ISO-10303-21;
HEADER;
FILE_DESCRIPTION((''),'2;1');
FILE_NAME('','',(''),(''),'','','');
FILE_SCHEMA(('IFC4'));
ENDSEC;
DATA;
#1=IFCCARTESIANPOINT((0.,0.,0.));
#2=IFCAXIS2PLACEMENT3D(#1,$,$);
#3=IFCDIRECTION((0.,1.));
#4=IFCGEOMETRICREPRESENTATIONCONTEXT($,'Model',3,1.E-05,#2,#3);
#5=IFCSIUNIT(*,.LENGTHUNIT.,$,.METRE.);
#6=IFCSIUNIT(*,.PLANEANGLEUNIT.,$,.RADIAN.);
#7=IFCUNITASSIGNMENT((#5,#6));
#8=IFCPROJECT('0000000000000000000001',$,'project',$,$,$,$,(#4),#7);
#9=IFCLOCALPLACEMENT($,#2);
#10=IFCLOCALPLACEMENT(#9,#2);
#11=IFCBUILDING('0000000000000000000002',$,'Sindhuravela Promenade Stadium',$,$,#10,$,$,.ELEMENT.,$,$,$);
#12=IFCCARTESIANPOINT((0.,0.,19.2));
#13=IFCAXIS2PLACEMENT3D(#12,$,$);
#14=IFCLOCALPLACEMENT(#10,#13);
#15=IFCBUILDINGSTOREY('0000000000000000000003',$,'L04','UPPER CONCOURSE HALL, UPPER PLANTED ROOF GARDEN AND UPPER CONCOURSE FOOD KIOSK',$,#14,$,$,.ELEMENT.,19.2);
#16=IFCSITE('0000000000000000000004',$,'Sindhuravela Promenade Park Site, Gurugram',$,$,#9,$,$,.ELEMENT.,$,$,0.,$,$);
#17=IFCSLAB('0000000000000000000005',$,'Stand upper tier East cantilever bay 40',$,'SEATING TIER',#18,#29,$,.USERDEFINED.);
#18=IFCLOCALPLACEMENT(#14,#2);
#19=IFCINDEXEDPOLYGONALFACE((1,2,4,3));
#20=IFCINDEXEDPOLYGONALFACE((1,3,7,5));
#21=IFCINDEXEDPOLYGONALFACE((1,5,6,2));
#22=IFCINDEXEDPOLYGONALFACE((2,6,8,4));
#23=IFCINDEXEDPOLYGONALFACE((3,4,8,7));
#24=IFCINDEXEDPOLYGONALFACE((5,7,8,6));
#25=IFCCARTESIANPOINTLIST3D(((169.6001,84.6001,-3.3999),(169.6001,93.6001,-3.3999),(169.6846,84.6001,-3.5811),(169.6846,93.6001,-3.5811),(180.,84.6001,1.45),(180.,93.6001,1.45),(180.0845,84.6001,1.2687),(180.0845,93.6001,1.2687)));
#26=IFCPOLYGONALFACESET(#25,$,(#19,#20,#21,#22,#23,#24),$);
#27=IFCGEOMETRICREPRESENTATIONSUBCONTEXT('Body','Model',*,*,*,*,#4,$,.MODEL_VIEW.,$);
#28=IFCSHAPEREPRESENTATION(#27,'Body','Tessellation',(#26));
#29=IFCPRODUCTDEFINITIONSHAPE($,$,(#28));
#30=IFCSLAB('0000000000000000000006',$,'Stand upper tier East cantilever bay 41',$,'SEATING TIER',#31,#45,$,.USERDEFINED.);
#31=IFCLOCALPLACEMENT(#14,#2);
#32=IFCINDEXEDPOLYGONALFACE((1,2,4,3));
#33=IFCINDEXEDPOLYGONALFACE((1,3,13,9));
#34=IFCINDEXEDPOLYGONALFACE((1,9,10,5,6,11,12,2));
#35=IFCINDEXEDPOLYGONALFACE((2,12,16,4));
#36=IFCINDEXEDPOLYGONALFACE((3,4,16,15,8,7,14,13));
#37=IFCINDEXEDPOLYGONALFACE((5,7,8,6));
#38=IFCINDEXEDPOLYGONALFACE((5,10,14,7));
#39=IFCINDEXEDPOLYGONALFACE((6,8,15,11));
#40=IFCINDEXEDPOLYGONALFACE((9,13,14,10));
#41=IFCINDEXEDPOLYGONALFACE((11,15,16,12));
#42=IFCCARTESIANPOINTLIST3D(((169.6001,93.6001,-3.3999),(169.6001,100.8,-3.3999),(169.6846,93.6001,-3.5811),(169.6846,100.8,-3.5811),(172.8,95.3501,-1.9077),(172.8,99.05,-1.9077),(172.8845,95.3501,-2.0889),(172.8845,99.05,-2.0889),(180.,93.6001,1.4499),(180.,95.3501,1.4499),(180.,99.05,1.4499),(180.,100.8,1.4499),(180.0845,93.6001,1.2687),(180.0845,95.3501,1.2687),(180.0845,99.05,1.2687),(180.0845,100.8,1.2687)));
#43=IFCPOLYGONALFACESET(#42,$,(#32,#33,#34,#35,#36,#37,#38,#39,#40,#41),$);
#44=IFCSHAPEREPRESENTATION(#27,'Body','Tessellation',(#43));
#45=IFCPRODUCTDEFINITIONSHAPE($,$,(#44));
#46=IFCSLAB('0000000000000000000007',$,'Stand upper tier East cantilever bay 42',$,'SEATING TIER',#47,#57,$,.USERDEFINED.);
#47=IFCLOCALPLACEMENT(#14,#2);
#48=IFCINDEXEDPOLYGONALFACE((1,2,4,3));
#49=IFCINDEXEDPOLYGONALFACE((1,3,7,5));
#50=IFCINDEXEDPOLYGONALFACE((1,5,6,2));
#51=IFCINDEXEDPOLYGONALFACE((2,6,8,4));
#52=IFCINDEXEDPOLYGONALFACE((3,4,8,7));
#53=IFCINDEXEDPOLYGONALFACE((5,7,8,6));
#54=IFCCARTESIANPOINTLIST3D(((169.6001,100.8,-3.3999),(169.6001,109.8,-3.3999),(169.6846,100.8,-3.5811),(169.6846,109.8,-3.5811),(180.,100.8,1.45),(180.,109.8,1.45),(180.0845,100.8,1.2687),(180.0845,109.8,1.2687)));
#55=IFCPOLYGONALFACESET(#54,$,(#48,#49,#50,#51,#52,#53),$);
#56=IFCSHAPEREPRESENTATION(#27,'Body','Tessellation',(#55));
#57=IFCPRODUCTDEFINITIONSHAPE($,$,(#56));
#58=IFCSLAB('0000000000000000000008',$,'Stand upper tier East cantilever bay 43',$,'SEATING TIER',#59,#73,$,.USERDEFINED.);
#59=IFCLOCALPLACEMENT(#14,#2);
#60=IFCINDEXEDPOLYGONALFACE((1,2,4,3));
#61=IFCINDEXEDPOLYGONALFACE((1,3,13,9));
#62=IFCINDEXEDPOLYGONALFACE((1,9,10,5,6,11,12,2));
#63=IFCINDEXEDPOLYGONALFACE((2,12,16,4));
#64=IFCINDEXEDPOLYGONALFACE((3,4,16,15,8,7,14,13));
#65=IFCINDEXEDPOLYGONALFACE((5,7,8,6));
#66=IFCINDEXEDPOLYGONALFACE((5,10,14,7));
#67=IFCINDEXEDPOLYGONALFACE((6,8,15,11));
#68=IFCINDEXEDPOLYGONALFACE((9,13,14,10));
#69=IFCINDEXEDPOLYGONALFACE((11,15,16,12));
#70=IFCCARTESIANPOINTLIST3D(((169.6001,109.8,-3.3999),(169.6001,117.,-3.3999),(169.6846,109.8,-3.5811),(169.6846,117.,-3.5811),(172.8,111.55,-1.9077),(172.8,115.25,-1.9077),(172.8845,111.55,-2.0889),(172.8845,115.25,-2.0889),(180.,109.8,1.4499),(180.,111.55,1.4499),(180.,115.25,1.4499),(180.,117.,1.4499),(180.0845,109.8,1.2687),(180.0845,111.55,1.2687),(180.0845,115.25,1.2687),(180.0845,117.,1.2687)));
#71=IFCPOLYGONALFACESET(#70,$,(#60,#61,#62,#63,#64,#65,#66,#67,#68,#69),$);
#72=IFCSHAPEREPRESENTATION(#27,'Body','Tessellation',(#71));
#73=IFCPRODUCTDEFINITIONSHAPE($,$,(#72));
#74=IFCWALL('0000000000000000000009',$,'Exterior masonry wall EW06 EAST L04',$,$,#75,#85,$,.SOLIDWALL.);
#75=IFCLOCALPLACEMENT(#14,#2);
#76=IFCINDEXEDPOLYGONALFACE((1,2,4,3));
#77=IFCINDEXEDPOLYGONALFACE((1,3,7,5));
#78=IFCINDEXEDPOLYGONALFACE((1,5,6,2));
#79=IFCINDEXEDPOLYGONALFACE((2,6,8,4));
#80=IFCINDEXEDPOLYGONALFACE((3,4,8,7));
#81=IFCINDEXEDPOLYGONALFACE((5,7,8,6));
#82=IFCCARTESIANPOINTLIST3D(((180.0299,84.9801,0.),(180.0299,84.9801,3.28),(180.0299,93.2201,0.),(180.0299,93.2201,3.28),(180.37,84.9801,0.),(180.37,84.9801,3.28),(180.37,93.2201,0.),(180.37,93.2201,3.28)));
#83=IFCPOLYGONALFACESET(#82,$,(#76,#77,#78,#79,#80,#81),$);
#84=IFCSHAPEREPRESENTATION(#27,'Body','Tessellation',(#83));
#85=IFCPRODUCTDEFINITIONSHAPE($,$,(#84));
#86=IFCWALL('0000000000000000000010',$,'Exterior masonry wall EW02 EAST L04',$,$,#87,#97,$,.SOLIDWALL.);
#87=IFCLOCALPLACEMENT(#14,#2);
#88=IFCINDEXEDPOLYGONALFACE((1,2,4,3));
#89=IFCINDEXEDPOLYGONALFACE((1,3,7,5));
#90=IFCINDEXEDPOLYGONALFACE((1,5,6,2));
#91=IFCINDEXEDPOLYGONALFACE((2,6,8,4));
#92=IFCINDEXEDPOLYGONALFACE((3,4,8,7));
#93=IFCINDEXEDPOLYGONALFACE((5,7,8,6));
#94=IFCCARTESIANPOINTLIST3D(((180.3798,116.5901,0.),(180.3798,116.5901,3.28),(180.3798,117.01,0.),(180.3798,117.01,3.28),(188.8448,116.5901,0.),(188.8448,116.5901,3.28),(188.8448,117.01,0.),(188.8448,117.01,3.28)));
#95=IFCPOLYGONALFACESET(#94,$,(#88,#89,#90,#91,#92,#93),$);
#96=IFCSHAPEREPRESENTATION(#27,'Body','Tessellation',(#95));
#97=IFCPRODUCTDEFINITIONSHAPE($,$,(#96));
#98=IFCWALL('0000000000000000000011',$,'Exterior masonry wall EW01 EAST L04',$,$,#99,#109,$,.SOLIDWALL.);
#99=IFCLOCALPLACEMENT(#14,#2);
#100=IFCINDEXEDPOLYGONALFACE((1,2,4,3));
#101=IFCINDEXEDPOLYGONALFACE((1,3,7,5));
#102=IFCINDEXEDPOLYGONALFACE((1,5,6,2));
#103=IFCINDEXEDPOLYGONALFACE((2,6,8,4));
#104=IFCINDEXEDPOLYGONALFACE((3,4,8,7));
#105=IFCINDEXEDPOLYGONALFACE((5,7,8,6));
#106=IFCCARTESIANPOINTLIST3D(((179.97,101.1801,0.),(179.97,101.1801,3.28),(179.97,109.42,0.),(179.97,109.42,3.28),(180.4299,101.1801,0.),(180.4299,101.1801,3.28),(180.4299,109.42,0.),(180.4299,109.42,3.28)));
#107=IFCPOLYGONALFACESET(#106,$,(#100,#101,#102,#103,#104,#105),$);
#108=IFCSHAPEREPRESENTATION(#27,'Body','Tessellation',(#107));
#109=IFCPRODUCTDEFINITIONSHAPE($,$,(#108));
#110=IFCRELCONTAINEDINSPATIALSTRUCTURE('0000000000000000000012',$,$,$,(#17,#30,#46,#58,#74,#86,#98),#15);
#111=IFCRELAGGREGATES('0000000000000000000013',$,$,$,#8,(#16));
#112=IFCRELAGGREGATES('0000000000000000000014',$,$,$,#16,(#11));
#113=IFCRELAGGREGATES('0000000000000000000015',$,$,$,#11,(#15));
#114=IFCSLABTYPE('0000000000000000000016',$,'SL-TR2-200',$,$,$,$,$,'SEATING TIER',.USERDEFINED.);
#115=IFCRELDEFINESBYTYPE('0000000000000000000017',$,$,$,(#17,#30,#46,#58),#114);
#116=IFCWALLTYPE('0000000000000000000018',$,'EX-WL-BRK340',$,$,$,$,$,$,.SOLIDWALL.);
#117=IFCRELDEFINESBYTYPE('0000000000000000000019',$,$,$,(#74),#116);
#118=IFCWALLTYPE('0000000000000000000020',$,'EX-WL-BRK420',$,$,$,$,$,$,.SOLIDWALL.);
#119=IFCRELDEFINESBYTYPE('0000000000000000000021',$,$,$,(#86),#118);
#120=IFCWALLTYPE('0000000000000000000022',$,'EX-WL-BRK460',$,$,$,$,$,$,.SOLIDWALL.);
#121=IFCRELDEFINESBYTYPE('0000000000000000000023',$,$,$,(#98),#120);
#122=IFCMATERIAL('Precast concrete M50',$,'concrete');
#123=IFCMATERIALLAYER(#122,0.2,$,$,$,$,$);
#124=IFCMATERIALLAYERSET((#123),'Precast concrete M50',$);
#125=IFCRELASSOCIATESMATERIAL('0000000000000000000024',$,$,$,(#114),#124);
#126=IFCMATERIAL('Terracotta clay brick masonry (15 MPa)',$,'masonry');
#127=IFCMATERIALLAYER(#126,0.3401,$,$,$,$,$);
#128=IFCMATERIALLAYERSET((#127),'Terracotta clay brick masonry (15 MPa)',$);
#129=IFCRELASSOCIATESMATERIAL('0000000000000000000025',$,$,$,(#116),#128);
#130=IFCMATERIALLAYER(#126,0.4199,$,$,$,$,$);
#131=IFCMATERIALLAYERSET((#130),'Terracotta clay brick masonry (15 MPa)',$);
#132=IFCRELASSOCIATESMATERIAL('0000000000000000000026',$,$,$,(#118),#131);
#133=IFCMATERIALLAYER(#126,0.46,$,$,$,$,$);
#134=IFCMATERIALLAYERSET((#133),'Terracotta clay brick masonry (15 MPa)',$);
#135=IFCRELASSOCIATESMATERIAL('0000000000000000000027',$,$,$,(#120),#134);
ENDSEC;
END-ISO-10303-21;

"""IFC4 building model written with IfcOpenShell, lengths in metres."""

from ifc_helpers import new_model, si_unit, direction, frame, frame_2d, origin, place, context, subcontext, project, spatial, polyline, rectangle, outline, extrude, material, layer, layer_set, type_object, element, save


model = new_model("IFC4")

# Units and contexts
model_context = context("Model", 3, precision=1e-05, world=origin(), true_north=direction((0.0, 1.0)))
body_context = subcontext(model_context, "Body", "Model", "MODEL_VIEW")
ifc_project = project(units=[si_unit("LENGTHUNIT", "METRE"), si_unit("PLANEANGLEUNIT", "RADIAN")], contexts=[model_context])

# Site, building, storey
site_placement = place(None, origin())
site = spatial("IfcSite", under=ifc_project, at=site_placement, Name="Sindhuravela Promenade Park Site, Gurugram", CompositionType="ELEMENT", RefElevation=0.0)
building_placement = place(site_placement, origin())
building = spatial("IfcBuilding", under=site, at=building_placement, Name="Sindhuravela Promenade Stadium", CompositionType="ELEMENT")
storey_placement = place(building_placement, frame((0.0, 0.0, 19.2)))
storey = spatial("IfcBuildingStorey", under=building, at=storey_placement, Name="L04", Description="UPPER CONCOURSE HALL, UPPER PLANTED ROOF GARDEN AND UPPER CONCOURSE FOOD KIOSK", CompositionType="ELEMENT", Elevation=19.2)

# Slabs
ifc_material_1 = material(Name="Precast concrete M50", Category="concrete")
ifc_layer_1 = layer(ifc_material_1, 0.2)
ifc_layer_set_1 = layer_set([ifc_layer_1], Name="Precast concrete M50")
slab_type_1 = type_object("IfcSlabType", Name="SL-TR2-200", ElementType="SEATING TIER", PredefinedType="USERDEFINED", material=ifc_layer_set_1)
slab_1_placement = place(storey_placement, frame((169.6001, 93.6001, -3.3999), z_axis=(-0.42264, 0.0, 0.906298), x_axis=(0.0, -1.0, 0.0)))
element("IfcSlab", 1, at=slab_1_placement, inside=storey, type_object=slab_type_1, Name="Stand upper tier East cantilever bay 40", ObjectType="SEATING TIER", PredefinedType="USERDEFINED", context=body_context, shape_type="SweptSolid", body=[
    extrude(outline(polyline([(0.0, 0.0), (9.0, 0.0), (9.0, 11.4751), (0.0, 11.4751), (0.0, 0.0)])), origin(), (0.0, 0.0, -1.0), 0.2),
])
slab_2_placement = place(storey_placement, frame((169.6001, 100.8, -3.3999), z_axis=(-0.422636, 0.0, 0.9063), x_axis=(0.0, -1.0, 0.0)))
element("IfcSlab", 2, at=slab_2_placement, inside=storey, type_object=slab_type_1, Name="Stand upper tier East cantilever bay 41", ObjectType="SEATING TIER", PredefinedType="USERDEFINED", context=body_context, shape_type="SweptSolid", body=[
    extrude(outline(polyline([(0.0, 0.0), (7.2, 0.0), (7.2, 11.4751), (5.45, 11.4751), (5.45, 3.5308), (1.75, 3.5308), (1.75, 11.4751), (0.0, 11.4751), (0.0, 0.0)])), origin(), (0.0, 0.0, -1.0), 0.2),
])
slab_3_placement = place(storey_placement, frame((169.6001, 109.8, -3.3999), z_axis=(-0.42264, 0.0, 0.906298), x_axis=(0.0, -1.0, 0.0)))
element("IfcSlab", 3, at=slab_3_placement, inside=storey, type_object=slab_type_1, Name="Stand upper tier East cantilever bay 42", ObjectType="SEATING TIER", PredefinedType="USERDEFINED", context=body_context, shape_type="SweptSolid", body=[
    extrude(outline(polyline([(0.0, 0.0), (9.0, 0.0), (9.0, 11.4751), (0.0, 11.4751), (0.0, 0.0)])), origin(), (0.0, 0.0, -1.0), 0.2),
])
slab_4_placement = place(storey_placement, frame((169.6001, 117.0, -3.3999), z_axis=(-0.422636, 0.0, 0.9063), x_axis=(0.0, -1.0, 0.0)))
element("IfcSlab", 4, at=slab_4_placement, inside=storey, type_object=slab_type_1, Name="Stand upper tier East cantilever bay 43", ObjectType="SEATING TIER", PredefinedType="USERDEFINED", context=body_context, shape_type="SweptSolid", body=[
    extrude(outline(polyline([(0.0, 0.0), (7.2, 0.0), (7.2, 11.4751), (5.45, 11.4751), (5.45, 3.5308), (1.75, 3.5308), (1.75, 11.4751), (0.0, 11.4751), (0.0, 0.0)])), origin(), (0.0, 0.0, -1.0), 0.2),
])

# Walls
ifc_material_2 = material(Name="Terracotta clay brick masonry (15 MPa)", Category="masonry")
ifc_layer_2 = layer(ifc_material_2, 0.3401)
ifc_layer_set_2 = layer_set([ifc_layer_2], Name="Terracotta clay brick masonry (15 MPa)")
wall_type_1 = type_object("IfcWallType", Name="EX-WL-BRK340", PredefinedType="SOLIDWALL", material=ifc_layer_set_2)
wall_1_placement = place(storey_placement, frame((180.2, 84.98, 0.0), z_axis=(0.0, 0.0, 1.0), x_axis=(0.0, 1.0, 0.0)))
element("IfcWall", 5, at=wall_1_placement, inside=storey, type_object=wall_type_1, Name="Exterior masonry wall EW06 EAST L04", PredefinedType="SOLIDWALL", context=body_context, shape_type="SweptSolid", body=[
    extrude(rectangle(XDim=8.24, YDim=0.3401, at=frame_2d((4.1201, 0.0))), origin(), (0.0, 0.0, 1.0), 3.28),
])
ifc_layer_3 = layer(ifc_material_2, 0.4199)
ifc_layer_set_3 = layer_set([ifc_layer_3], Name="Terracotta clay brick masonry (15 MPa)")
wall_type_2 = type_object("IfcWallType", Name="EX-WL-BRK420", PredefinedType="SOLIDWALL", material=ifc_layer_set_3)
wall_2_placement = place(storey_placement, frame((180.3799, 116.8, 0.0), z_axis=(0.0, 0.0, 1.0), x_axis=(1.0, 0.0, 0.0)))
element("IfcWall", 6, at=wall_2_placement, inside=storey, type_object=wall_type_2, Name="Exterior masonry wall EW02 EAST L04", PredefinedType="SOLIDWALL", context=body_context, shape_type="SweptSolid", body=[
    extrude(rectangle(XDim=8.4651, YDim=0.4199, at=frame_2d((4.2324, 0.0))), origin(), (0.0, 0.0, 1.0), 3.28),
])
ifc_layer_4 = layer(ifc_material_2, 0.46)
ifc_layer_set_4 = layer_set([ifc_layer_4], Name="Terracotta clay brick masonry (15 MPa)")
wall_type_3 = type_object("IfcWallType", Name="EX-WL-BRK460", PredefinedType="SOLIDWALL", material=ifc_layer_set_4)
wall_3_placement = place(storey_placement, frame((180.2, 101.1799, 0.0), z_axis=(0.0, 0.0, 1.0), x_axis=(0.0, 1.0, 0.0)))
element("IfcWall", 7, at=wall_3_placement, inside=storey, type_object=wall_type_3, Name="Exterior masonry wall EW01 EAST L04", PredefinedType="SOLIDWALL", context=body_context, shape_type="SweptSolid", body=[
    extrude(rectangle(XDim=8.24, YDim=0.46, at=frame_2d((4.1201, 0.0))), origin(), (0.0, 0.0, 1.0), 3.28),
])

save(model, "model.ifc")
